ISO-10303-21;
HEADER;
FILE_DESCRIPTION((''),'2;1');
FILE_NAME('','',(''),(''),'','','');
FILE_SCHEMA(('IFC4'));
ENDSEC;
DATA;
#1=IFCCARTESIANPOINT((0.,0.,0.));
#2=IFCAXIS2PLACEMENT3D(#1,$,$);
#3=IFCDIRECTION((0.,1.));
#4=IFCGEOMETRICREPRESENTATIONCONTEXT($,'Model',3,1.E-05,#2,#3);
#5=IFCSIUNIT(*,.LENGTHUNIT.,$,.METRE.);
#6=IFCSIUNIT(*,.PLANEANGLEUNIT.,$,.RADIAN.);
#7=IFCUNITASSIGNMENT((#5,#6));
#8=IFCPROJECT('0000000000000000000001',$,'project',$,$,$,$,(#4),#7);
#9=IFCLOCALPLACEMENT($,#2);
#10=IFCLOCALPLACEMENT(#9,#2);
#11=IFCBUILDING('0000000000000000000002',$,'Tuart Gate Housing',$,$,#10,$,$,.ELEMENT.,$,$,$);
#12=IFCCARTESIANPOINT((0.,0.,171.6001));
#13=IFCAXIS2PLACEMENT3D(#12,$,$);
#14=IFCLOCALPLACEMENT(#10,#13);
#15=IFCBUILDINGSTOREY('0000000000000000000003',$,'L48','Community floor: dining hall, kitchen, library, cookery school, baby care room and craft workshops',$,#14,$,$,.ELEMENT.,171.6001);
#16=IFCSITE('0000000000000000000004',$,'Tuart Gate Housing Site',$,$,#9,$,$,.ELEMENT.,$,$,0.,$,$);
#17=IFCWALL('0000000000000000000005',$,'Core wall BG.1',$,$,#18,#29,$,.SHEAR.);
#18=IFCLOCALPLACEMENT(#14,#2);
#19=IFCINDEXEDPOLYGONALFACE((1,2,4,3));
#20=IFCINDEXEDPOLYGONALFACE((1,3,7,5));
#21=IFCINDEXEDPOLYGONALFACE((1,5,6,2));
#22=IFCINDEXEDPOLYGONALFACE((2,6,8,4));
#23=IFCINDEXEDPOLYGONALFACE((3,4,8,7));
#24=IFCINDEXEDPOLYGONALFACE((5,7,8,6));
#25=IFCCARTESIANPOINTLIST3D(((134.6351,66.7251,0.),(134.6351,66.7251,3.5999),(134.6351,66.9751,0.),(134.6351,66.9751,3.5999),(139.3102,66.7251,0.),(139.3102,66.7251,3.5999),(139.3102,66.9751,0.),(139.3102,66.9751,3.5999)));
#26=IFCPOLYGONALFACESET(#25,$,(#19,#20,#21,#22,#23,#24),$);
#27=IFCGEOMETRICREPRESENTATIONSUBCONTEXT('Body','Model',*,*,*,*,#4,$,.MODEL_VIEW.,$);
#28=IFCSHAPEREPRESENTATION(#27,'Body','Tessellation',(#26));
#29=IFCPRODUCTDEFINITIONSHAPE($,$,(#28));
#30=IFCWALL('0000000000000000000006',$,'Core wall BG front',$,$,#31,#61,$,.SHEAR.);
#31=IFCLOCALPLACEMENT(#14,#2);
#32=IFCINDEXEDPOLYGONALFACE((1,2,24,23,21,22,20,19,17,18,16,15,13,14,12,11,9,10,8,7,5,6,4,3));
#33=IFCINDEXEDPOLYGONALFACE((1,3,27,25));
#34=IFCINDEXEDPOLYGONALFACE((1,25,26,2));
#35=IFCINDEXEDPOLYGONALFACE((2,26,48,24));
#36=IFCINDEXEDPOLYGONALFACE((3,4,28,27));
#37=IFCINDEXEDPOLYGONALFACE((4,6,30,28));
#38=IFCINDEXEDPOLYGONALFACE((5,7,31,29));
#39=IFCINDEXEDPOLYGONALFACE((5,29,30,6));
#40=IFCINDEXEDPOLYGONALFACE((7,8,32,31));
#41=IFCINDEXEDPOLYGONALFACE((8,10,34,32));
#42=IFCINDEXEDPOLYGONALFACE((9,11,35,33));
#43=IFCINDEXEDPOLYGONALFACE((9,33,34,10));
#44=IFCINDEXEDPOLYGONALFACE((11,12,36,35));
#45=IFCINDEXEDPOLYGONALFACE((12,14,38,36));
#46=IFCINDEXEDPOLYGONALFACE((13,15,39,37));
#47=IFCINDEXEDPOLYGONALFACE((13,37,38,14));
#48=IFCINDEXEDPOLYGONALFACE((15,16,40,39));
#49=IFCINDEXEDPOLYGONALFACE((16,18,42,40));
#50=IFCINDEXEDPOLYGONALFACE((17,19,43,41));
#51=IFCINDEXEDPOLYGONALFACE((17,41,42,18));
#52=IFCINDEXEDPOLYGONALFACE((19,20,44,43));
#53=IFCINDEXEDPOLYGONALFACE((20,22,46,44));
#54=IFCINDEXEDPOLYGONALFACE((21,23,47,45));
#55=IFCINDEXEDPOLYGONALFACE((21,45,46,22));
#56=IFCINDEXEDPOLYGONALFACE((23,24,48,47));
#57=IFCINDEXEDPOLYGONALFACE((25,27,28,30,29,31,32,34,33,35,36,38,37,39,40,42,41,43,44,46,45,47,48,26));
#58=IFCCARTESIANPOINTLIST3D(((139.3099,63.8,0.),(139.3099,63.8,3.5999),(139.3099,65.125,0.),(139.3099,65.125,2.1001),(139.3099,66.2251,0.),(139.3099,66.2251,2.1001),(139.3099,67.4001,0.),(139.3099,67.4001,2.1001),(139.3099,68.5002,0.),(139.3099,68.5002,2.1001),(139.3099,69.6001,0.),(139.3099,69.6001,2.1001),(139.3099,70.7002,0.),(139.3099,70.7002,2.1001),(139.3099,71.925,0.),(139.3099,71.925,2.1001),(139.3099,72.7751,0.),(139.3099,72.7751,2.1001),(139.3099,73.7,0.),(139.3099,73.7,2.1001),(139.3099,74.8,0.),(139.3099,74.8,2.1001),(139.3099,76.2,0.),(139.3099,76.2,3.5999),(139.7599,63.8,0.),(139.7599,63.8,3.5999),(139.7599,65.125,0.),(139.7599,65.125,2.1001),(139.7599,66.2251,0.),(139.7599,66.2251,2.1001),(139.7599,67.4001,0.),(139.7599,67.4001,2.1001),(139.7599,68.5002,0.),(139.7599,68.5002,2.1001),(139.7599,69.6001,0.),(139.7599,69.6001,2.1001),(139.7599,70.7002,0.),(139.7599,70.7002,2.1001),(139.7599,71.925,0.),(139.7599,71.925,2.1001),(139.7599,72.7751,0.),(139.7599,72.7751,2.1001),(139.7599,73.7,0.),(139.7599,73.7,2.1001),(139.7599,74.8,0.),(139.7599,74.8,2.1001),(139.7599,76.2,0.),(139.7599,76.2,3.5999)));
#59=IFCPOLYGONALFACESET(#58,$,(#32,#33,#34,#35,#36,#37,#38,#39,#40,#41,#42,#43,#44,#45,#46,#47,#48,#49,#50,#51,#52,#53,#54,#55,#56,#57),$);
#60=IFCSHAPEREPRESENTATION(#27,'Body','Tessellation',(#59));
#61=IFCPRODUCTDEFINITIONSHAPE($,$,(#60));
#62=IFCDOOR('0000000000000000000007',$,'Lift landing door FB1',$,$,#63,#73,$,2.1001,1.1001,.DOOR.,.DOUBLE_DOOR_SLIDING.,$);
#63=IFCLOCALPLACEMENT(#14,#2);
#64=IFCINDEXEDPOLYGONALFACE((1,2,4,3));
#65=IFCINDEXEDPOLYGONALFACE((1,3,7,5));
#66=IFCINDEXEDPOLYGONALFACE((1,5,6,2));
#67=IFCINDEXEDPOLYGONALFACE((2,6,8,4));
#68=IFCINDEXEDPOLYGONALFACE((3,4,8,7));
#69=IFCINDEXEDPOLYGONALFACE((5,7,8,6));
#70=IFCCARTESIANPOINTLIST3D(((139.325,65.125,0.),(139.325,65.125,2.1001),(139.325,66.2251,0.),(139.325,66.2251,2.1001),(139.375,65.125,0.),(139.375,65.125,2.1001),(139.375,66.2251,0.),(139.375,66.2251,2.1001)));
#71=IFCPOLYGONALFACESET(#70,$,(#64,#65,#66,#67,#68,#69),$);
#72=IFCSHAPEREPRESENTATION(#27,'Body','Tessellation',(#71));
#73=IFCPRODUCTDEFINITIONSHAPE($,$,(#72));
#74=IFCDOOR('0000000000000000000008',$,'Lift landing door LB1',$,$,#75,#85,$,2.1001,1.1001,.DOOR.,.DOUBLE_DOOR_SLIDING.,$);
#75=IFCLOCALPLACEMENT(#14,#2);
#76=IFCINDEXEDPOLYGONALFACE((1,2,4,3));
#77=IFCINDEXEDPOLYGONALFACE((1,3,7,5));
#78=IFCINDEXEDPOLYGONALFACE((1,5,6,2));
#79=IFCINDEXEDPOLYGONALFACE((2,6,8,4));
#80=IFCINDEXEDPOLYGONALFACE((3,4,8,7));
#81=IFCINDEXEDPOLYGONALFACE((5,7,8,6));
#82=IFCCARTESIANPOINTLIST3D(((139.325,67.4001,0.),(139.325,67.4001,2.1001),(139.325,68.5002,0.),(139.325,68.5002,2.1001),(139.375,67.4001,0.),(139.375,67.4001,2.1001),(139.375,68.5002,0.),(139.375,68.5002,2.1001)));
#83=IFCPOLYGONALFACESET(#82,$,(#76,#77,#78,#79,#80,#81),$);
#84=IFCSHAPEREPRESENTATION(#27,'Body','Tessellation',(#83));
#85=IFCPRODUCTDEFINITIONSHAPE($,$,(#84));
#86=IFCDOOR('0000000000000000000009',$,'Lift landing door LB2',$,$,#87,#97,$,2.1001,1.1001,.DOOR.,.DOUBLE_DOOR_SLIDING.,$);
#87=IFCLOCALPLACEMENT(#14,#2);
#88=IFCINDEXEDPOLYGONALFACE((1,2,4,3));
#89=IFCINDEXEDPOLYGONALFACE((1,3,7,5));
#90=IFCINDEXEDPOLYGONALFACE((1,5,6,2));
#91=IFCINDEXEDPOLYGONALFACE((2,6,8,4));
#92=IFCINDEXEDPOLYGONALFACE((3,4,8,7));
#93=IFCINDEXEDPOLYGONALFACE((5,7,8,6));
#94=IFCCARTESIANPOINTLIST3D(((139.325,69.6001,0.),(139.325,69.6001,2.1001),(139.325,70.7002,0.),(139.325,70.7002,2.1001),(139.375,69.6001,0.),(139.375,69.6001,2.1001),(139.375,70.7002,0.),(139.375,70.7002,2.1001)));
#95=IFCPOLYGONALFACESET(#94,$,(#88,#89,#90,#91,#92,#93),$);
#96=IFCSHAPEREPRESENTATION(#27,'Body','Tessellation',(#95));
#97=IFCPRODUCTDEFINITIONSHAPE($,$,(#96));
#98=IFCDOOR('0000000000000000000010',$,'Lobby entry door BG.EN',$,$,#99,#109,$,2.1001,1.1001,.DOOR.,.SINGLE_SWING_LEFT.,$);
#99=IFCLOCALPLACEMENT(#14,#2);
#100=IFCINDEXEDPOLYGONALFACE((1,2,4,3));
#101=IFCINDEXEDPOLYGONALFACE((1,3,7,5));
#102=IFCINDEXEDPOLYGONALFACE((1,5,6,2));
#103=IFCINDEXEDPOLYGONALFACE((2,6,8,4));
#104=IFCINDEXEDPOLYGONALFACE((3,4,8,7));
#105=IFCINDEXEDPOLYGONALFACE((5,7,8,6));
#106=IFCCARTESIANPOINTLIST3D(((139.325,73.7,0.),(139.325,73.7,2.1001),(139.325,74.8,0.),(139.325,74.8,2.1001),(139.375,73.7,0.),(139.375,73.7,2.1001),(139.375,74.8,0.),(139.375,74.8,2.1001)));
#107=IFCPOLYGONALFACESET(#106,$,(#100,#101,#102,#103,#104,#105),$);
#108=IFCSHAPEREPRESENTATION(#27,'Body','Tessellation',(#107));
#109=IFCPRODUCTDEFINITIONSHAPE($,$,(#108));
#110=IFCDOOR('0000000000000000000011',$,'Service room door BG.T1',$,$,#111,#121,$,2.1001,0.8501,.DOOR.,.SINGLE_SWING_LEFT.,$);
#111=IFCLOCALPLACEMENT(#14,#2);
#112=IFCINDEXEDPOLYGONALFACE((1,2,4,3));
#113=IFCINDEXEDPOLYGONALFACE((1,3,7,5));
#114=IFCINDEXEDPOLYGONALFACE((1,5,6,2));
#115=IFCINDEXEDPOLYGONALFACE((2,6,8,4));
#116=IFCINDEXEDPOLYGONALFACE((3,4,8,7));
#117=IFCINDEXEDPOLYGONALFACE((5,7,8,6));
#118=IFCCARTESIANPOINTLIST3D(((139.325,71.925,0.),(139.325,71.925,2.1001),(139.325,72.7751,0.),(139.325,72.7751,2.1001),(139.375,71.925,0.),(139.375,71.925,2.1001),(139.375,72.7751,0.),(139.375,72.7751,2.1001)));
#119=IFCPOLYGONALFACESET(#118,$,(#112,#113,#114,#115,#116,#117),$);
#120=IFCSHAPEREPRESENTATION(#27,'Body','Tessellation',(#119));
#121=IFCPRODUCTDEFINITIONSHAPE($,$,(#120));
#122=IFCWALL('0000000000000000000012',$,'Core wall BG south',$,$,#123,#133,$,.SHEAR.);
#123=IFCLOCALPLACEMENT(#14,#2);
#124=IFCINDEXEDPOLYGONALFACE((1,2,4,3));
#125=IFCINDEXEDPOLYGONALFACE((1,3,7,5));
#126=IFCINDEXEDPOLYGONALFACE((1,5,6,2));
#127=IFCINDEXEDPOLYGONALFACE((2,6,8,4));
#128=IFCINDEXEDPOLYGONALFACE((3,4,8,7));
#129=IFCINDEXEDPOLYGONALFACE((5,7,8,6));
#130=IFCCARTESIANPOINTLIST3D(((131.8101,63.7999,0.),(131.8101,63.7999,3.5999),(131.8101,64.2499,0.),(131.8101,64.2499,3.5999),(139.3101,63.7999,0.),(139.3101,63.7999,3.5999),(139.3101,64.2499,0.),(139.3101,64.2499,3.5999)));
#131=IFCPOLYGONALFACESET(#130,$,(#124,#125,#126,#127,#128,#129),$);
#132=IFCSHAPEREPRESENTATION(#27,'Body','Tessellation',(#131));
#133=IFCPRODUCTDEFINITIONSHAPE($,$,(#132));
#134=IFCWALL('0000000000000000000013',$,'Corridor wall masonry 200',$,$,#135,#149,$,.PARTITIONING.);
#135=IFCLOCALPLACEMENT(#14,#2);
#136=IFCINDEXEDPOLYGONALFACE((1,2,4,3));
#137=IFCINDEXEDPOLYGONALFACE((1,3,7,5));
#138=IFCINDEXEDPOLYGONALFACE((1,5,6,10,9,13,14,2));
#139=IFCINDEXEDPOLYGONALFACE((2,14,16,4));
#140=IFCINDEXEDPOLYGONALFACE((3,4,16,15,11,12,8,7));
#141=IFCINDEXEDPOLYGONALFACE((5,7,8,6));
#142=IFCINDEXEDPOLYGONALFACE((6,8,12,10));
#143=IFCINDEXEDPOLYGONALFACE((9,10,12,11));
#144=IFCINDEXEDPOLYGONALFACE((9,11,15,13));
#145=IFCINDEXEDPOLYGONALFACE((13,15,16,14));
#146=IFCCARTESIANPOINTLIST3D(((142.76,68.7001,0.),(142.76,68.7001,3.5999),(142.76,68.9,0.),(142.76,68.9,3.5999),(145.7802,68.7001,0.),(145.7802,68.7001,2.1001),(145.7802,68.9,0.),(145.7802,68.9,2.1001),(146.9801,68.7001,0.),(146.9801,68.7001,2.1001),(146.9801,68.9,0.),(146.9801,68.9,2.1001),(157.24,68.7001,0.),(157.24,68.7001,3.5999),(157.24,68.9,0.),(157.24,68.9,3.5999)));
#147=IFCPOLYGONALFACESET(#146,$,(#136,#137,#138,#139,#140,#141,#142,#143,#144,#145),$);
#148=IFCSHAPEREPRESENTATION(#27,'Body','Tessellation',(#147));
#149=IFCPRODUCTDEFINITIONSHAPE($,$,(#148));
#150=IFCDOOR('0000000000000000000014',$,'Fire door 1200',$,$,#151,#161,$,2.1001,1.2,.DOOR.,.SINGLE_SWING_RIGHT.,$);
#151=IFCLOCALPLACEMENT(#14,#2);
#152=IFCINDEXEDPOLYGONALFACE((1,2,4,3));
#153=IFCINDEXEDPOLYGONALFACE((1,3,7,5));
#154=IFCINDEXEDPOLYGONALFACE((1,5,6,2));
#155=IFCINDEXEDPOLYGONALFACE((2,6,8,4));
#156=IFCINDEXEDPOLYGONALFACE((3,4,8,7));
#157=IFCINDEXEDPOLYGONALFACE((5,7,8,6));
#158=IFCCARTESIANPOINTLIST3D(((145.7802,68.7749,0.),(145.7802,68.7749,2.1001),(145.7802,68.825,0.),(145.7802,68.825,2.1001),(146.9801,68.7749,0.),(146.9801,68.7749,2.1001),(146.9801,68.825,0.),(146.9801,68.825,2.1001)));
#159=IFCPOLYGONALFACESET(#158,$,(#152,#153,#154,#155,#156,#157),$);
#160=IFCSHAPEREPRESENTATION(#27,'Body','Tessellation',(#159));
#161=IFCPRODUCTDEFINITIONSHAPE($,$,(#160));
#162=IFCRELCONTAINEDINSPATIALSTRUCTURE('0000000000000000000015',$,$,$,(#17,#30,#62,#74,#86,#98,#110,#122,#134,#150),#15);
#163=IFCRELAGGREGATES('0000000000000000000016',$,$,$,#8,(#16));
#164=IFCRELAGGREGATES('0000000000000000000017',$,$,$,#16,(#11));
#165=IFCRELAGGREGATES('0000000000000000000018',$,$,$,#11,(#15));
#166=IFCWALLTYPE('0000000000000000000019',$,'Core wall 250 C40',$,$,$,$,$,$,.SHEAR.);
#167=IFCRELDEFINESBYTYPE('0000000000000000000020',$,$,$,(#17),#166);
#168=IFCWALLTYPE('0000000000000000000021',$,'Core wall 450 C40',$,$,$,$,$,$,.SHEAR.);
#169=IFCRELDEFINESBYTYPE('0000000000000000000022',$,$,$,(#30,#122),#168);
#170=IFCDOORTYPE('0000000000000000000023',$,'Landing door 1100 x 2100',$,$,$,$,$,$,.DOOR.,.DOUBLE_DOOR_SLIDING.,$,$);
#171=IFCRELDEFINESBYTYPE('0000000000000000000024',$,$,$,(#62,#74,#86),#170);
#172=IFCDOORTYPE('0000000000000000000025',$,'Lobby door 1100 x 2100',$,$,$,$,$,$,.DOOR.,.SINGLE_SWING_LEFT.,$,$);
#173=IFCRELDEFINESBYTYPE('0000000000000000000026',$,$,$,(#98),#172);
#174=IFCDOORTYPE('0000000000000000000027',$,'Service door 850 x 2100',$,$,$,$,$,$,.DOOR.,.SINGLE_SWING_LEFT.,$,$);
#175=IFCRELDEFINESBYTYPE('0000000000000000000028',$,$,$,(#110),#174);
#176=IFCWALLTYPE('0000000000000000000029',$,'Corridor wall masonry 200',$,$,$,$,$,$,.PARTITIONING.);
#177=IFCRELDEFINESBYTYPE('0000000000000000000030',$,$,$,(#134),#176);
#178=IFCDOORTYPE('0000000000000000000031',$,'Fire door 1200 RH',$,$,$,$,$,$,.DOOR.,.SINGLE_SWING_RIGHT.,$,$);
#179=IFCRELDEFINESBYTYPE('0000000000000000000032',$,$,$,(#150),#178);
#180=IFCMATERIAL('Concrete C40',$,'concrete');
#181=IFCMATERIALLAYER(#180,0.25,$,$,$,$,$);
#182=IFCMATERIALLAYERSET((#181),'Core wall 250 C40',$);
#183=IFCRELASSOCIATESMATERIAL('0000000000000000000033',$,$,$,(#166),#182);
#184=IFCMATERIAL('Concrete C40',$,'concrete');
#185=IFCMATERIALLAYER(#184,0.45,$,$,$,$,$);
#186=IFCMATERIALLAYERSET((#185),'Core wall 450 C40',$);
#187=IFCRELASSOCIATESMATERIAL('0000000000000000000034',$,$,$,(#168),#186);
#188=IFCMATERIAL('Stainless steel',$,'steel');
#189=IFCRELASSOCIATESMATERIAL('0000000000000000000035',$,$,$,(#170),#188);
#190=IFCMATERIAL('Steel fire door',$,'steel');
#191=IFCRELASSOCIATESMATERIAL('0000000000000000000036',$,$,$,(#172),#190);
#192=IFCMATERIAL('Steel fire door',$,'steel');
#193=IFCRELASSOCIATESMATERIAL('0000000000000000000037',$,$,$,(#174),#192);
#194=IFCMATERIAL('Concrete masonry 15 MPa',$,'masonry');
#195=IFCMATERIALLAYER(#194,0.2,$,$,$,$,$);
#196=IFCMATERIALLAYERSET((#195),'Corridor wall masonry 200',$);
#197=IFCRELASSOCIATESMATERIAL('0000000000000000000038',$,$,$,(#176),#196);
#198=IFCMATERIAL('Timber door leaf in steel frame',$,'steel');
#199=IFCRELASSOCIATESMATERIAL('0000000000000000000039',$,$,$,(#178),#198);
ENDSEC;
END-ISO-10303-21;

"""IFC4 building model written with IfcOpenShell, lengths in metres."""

from ifc_helpers import new_model, si_unit, direction, frame, frame_2d, origin, place, context, subcontext, project, spatial, rectangle, extrude, material, layer, layer_set, type_object, element, fill, save


model = new_model("IFC4")

# Units and contexts
model_context = context("Model", 3, precision=1e-05, world=origin(), true_north=direction((0.0, 1.0)))
body_context = subcontext(model_context, "Body", "Model", "MODEL_VIEW")
ifc_project = project(units=[si_unit("LENGTHUNIT", "METRE"), si_unit("PLANEANGLEUNIT", "RADIAN")], contexts=[model_context])

# Site, building, storey
site_placement = place(None, origin())
site = spatial("IfcSite", under=ifc_project, at=site_placement, Name="Tuart Gate Housing Site", CompositionType="ELEMENT", RefElevation=0.0)
building_placement = place(site_placement, origin())
building = spatial("IfcBuilding", under=site, at=building_placement, Name="Tuart Gate Housing", CompositionType="ELEMENT")
storey_placement = place(building_placement, frame((0.0, 0.0, 171.6001)))
storey = spatial("IfcBuildingStorey", under=building, at=storey_placement, Name="L48", Description="Community floor: dining hall, kitchen, library, cookery school, baby care room and craft workshops", CompositionType="ELEMENT", Elevation=171.6001)

# Wall
ifc_material_1 = material(Name="Concrete C40", Category="concrete")
ifc_layer_1 = layer(ifc_material_1, 0.25)
ifc_layer_set_1 = layer_set([ifc_layer_1], Name="Core wall 250 C40")
wall_type_1 = type_object("IfcWallType", Name="Core wall 250 C40", PredefinedType="SHEAR", material=ifc_layer_set_1)
wall_1_placement = place(storey_placement, frame((139.3101, 66.8501, 0.0), z_axis=(0.0, 0.0, 1.0), x_axis=(-1.0, 0.0, 0.0)))
element("IfcWall", 1, at=wall_1_placement, inside=storey, type_object=wall_type_1, Name="Core wall BG.1", PredefinedType="SHEAR", context=body_context, shape_type="SweptSolid", body=[
    extrude(rectangle(XDim=4.675, YDim=0.25, at=frame_2d((2.3374, 0.0))), origin(), (0.0, 0.0, 1.0), 3.5999),
])

# Wall, openings, doors
ifc_material_2 = material(Name="Concrete C40", Category="concrete")
ifc_layer_2 = layer(ifc_material_2, 0.45)
ifc_layer_set_2 = layer_set([ifc_layer_2], Name="Core wall 450 C40")
wall_type_2 = type_object("IfcWallType", Name="Core wall 450 C40", PredefinedType="SHEAR", material=ifc_layer_set_2)
wall_2_placement = place(storey_placement, frame((139.5349, 63.8, 0.0), z_axis=(0.0, 0.0, 1.0), x_axis=(0.0, 1.0, 0.0)))
wall_2 = element("IfcWall", 2, at=wall_2_placement, inside=storey, type_object=wall_type_2, Name="Core wall BG front", PredefinedType="SHEAR", context=body_context, shape_type="SweptSolid", body=[
    extrude(rectangle(XDim=12.3999, YDim=0.45, at=frame_2d((6.2, 0.0))), origin(), (0.0, 0.0, 1.0), 3.5999),
])
opening_1_placement = place(wall_2_placement, frame((1.325, 0.0, 0.0)))
opening_1 = element("IfcOpeningElement", 3, at=opening_1_placement, cuts=wall_2, PredefinedType="OPENING", context=body_context, shape_type="SweptSolid", body=[
    extrude(rectangle(XDim=1.1001, YDim=2.1001, at=frame_2d((0.55, 1.05))), frame((0.0, 0.2349, 0.0), z_axis=(0.0, -1.0, 0.0), x_axis=(1.0, 0.0, 0.0)), (0.0, 0.0, 1.0), 0.47),
])
opening_2_placement = place(wall_2_placement, frame((3.6001, 0.0, 0.0)))
opening_2 = element("IfcOpeningElement", 4, at=opening_2_placement, cuts=wall_2, PredefinedType="OPENING", context=body_context, shape_type="SweptSolid", body=[
    extrude(rectangle(XDim=1.1001, YDim=2.1001, at=frame_2d((0.55, 1.05))), frame((0.0, 0.2349, 0.0), z_axis=(0.0, -1.0, 0.0), x_axis=(1.0, 0.0, 0.0)), (0.0, 0.0, 1.0), 0.47),
])
opening_3_placement = place(wall_2_placement, frame((5.8, 0.0, 0.0)))
opening_3 = element("IfcOpeningElement", 5, at=opening_3_placement, cuts=wall_2, PredefinedType="OPENING", context=body_context, shape_type="SweptSolid", body=[
    extrude(rectangle(XDim=1.1001, YDim=2.1001, at=frame_2d((0.55, 1.05))), frame((0.0, 0.2349, 0.0), z_axis=(0.0, -1.0, 0.0), x_axis=(1.0, 0.0, 0.0)), (0.0, 0.0, 1.0), 0.47),
])
opening_4_placement = place(wall_2_placement, frame((9.8999, 0.0, 0.0)))
opening_4 = element("IfcOpeningElement", 6, at=opening_4_placement, cuts=wall_2, PredefinedType="OPENING", context=body_context, shape_type="SweptSolid", body=[
    extrude(rectangle(XDim=1.1001, YDim=2.1001, at=frame_2d((0.55, 1.05))), frame((0.0, 0.2349, 0.0), z_axis=(0.0, -1.0, 0.0), x_axis=(1.0, 0.0, 0.0)), (0.0, 0.0, 1.0), 0.47),
])
opening_5_placement = place(wall_2_placement, frame((8.125, 0.0, 0.0)))
opening_5 = element("IfcOpeningElement", 7, at=opening_5_placement, cuts=wall_2, PredefinedType="OPENING", context=body_context, shape_type="SweptSolid", body=[
    extrude(rectangle(XDim=0.8501, YDim=2.1001, at=frame_2d((0.425, 1.05))), frame((0.0, 0.2349, 0.0), z_axis=(0.0, -1.0, 0.0), x_axis=(1.0, 0.0, 0.0)), (0.0, 0.0, 1.0), 0.47),
])
ifc_material_3 = material(Name="Stainless steel", Category="steel")
door_type_1 = type_object("IfcDoorType", Name="Landing door 1100 x 2100", OperationType="DOUBLE_DOOR_SLIDING", PredefinedType="DOOR", material=ifc_material_3)
door_1_placement = place(opening_1_placement, origin())
door_1 = element("IfcDoor", 8, at=door_1_placement, inside=storey, type_object=door_type_1, Name="Lift landing door FB1", OperationType="DOUBLE_DOOR_SLIDING", OverallHeight=2.1001, OverallWidth=1.1001, PredefinedType="DOOR", context=body_context, shape_type="SweptSolid", body=[
    extrude(rectangle(XDim=1.1001, YDim=2.1001, at=frame_2d((0.55, 1.05))), frame((0.0, 0.21, 0.0), z_axis=(0.0, -1.0, 0.0), x_axis=(1.0, 0.0, 0.0)), (0.0, 0.0, 1.0), 0.05),
])
fill(opening_1, door_1)
door_2_placement = place(opening_2_placement, origin())
door_2 = element("IfcDoor", 9, at=door_2_placement, inside=storey, type_object=door_type_1, Name="Lift landing door LB1", OperationType="DOUBLE_DOOR_SLIDING", OverallHeight=2.1001, OverallWidth=1.1001, PredefinedType="DOOR", context=body_context, shape_type="SweptSolid", body=[
    extrude(rectangle(XDim=1.1001, YDim=2.1001, at=frame_2d((0.55, 1.05))), frame((0.0, 0.21, 0.0), z_axis=(0.0, -1.0, 0.0), x_axis=(1.0, 0.0, 0.0)), (0.0, 0.0, 1.0), 0.05),
])
fill(opening_2, door_2)
door_3_placement = place(opening_3_placement, origin())
door_3 = element("IfcDoor", 10, at=door_3_placement, inside=storey, type_object=door_type_1, Name="Lift landing door LB2", OperationType="DOUBLE_DOOR_SLIDING", OverallHeight=2.1001, OverallWidth=1.1001, PredefinedType="DOOR", context=body_context, shape_type="SweptSolid", body=[
    extrude(rectangle(XDim=1.1001, YDim=2.1001, at=frame_2d((0.55, 1.05))), frame((0.0, 0.21, 0.0), z_axis=(0.0, -1.0, 0.0), x_axis=(1.0, 0.0, 0.0)), (0.0, 0.0, 1.0), 0.05),
])
fill(opening_3, door_3)
ifc_material_4 = material(Name="Steel fire door", Category="steel")
door_type_2 = type_object("IfcDoorType", Name="Lobby door 1100 x 2100", OperationType="SINGLE_SWING_LEFT", PredefinedType="DOOR", material=ifc_material_4)
door_4_placement = place(opening_4_placement, origin())
door_4 = element("IfcDoor", 11, at=door_4_placement, inside=storey, type_object=door_type_2, Name="Lobby entry door BG.EN", OperationType="SINGLE_SWING_LEFT", OverallHeight=2.1001, OverallWidth=1.1001, PredefinedType="DOOR", context=body_context, shape_type="SweptSolid", body=[
    extrude(rectangle(XDim=1.1001, YDim=2.1001, at=frame_2d((0.55, 1.05))), frame((0.0, 0.21, 0.0), z_axis=(0.0, -1.0, 0.0), x_axis=(1.0, 0.0, 0.0)), (0.0, 0.0, 1.0), 0.05),
])
fill(opening_4, door_4)
ifc_material_5 = material(Name="Steel fire door", Category="steel")
door_type_3 = type_object("IfcDoorType", Name="Service door 850 x 2100", OperationType="SINGLE_SWING_LEFT", PredefinedType="DOOR", material=ifc_material_5)
door_5_placement = place(opening_5_placement, origin())
door_5 = element("IfcDoor", 12, at=door_5_placement, inside=storey, type_object=door_type_3, Name="Service room door BG.T1", OperationType="SINGLE_SWING_LEFT", OverallHeight=2.1001, OverallWidth=0.8501, PredefinedType="DOOR", context=body_context, shape_type="SweptSolid", body=[
    extrude(rectangle(XDim=0.8501, YDim=2.1001, at=frame_2d((0.425, 1.05))), frame((0.0, 0.21, 0.0), z_axis=(0.0, -1.0, 0.0), x_axis=(1.0, 0.0, 0.0)), (0.0, 0.0, 1.0), 0.05),
])
fill(opening_5, door_5)

# Wall
wall_3_placement = place(storey_placement, frame((139.3101, 64.0249, 0.0), z_axis=(0.0, 0.0, 1.0), x_axis=(-1.0, 0.0, 0.0)))
element("IfcWall", 13, at=wall_3_placement, inside=storey, type_object=wall_type_2, Name="Core wall BG south", PredefinedType="SHEAR", context=body_context, shape_type="SweptSolid", body=[
    extrude(rectangle(XDim=7.5, YDim=0.45, at=frame_2d((3.75, 0.0))), origin(), (0.0, 0.0, 1.0), 3.5999),
])

# Wall, opening, door
ifc_material_6 = material(Name="Concrete masonry 15 MPa", Category="masonry")
ifc_layer_3 = layer(ifc_material_6, 0.2)
ifc_layer_set_3 = layer_set([ifc_layer_3], Name="Corridor wall masonry 200")
wall_type_3 = type_object("IfcWallType", Name="Corridor wall masonry 200", PredefinedType="PARTITIONING", material=ifc_layer_set_3)
wall_4_placement = place(storey_placement, frame((142.76, 68.8, 0.0), z_axis=(0.0, 0.0, 1.0), x_axis=(1.0, 0.0, 0.0)))
wall_4 = element("IfcWall", 14, at=wall_4_placement, inside=storey, type_object=wall_type_3, Name="Corridor wall masonry 200", PredefinedType="PARTITIONING", context=body_context, shape_type="SweptSolid", body=[
    extrude(rectangle(XDim=14.48, YDim=0.2, at=frame_2d((7.24, 0.0))), origin(), (0.0, 0.0, 1.0), 3.5999),
])
opening_6_placement = place(wall_4_placement, frame((3.02, 0.0, 0.0)))
opening_6 = element("IfcOpeningElement", 15, at=opening_6_placement, cuts=wall_4, PredefinedType="OPENING", context=body_context, shape_type="SweptSolid", body=[
    extrude(rectangle(XDim=1.2, YDim=2.1001, at=frame_2d((0.6001, 1.05))), frame((0.0, 0.1099, 0.0), z_axis=(0.0, -1.0, 0.0), x_axis=(1.0, 0.0, 0.0)), (0.0, 0.0, 1.0), 0.22),
])
ifc_material_7 = material(Name="Timber door leaf in steel frame", Category="steel")
door_type_4 = type_object("IfcDoorType", Name="Fire door 1200 RH", OperationType="SINGLE_SWING_RIGHT", PredefinedType="DOOR", material=ifc_material_7)
door_6_placement = place(opening_6_placement, frame((1.2, 0.0, 0.0), z_axis=(0.0, 0.0, 1.0), x_axis=(-1.0, 0.0, 0.0)))
door_6 = element("IfcDoor", 16, at=door_6_placement, inside=storey, type_object=door_type_4, Name="Fire door 1200", OperationType="SINGLE_SWING_RIGHT", OverallHeight=2.1001, OverallWidth=1.2, PredefinedType="DOOR", context=body_context, shape_type="SweptSolid", body=[
    extrude(rectangle(XDim=1.2, YDim=2.1001, at=frame_2d((0.5999, 1.05))), frame((0.0, 0.0251, 0.0), z_axis=(0.0, -1.0, 0.0), x_axis=(1.0, 0.0, 0.0)), (0.0, 0.0, 1.0), 0.05),
])
fill(opening_6, door_6)

save(model, "model.ifc")
